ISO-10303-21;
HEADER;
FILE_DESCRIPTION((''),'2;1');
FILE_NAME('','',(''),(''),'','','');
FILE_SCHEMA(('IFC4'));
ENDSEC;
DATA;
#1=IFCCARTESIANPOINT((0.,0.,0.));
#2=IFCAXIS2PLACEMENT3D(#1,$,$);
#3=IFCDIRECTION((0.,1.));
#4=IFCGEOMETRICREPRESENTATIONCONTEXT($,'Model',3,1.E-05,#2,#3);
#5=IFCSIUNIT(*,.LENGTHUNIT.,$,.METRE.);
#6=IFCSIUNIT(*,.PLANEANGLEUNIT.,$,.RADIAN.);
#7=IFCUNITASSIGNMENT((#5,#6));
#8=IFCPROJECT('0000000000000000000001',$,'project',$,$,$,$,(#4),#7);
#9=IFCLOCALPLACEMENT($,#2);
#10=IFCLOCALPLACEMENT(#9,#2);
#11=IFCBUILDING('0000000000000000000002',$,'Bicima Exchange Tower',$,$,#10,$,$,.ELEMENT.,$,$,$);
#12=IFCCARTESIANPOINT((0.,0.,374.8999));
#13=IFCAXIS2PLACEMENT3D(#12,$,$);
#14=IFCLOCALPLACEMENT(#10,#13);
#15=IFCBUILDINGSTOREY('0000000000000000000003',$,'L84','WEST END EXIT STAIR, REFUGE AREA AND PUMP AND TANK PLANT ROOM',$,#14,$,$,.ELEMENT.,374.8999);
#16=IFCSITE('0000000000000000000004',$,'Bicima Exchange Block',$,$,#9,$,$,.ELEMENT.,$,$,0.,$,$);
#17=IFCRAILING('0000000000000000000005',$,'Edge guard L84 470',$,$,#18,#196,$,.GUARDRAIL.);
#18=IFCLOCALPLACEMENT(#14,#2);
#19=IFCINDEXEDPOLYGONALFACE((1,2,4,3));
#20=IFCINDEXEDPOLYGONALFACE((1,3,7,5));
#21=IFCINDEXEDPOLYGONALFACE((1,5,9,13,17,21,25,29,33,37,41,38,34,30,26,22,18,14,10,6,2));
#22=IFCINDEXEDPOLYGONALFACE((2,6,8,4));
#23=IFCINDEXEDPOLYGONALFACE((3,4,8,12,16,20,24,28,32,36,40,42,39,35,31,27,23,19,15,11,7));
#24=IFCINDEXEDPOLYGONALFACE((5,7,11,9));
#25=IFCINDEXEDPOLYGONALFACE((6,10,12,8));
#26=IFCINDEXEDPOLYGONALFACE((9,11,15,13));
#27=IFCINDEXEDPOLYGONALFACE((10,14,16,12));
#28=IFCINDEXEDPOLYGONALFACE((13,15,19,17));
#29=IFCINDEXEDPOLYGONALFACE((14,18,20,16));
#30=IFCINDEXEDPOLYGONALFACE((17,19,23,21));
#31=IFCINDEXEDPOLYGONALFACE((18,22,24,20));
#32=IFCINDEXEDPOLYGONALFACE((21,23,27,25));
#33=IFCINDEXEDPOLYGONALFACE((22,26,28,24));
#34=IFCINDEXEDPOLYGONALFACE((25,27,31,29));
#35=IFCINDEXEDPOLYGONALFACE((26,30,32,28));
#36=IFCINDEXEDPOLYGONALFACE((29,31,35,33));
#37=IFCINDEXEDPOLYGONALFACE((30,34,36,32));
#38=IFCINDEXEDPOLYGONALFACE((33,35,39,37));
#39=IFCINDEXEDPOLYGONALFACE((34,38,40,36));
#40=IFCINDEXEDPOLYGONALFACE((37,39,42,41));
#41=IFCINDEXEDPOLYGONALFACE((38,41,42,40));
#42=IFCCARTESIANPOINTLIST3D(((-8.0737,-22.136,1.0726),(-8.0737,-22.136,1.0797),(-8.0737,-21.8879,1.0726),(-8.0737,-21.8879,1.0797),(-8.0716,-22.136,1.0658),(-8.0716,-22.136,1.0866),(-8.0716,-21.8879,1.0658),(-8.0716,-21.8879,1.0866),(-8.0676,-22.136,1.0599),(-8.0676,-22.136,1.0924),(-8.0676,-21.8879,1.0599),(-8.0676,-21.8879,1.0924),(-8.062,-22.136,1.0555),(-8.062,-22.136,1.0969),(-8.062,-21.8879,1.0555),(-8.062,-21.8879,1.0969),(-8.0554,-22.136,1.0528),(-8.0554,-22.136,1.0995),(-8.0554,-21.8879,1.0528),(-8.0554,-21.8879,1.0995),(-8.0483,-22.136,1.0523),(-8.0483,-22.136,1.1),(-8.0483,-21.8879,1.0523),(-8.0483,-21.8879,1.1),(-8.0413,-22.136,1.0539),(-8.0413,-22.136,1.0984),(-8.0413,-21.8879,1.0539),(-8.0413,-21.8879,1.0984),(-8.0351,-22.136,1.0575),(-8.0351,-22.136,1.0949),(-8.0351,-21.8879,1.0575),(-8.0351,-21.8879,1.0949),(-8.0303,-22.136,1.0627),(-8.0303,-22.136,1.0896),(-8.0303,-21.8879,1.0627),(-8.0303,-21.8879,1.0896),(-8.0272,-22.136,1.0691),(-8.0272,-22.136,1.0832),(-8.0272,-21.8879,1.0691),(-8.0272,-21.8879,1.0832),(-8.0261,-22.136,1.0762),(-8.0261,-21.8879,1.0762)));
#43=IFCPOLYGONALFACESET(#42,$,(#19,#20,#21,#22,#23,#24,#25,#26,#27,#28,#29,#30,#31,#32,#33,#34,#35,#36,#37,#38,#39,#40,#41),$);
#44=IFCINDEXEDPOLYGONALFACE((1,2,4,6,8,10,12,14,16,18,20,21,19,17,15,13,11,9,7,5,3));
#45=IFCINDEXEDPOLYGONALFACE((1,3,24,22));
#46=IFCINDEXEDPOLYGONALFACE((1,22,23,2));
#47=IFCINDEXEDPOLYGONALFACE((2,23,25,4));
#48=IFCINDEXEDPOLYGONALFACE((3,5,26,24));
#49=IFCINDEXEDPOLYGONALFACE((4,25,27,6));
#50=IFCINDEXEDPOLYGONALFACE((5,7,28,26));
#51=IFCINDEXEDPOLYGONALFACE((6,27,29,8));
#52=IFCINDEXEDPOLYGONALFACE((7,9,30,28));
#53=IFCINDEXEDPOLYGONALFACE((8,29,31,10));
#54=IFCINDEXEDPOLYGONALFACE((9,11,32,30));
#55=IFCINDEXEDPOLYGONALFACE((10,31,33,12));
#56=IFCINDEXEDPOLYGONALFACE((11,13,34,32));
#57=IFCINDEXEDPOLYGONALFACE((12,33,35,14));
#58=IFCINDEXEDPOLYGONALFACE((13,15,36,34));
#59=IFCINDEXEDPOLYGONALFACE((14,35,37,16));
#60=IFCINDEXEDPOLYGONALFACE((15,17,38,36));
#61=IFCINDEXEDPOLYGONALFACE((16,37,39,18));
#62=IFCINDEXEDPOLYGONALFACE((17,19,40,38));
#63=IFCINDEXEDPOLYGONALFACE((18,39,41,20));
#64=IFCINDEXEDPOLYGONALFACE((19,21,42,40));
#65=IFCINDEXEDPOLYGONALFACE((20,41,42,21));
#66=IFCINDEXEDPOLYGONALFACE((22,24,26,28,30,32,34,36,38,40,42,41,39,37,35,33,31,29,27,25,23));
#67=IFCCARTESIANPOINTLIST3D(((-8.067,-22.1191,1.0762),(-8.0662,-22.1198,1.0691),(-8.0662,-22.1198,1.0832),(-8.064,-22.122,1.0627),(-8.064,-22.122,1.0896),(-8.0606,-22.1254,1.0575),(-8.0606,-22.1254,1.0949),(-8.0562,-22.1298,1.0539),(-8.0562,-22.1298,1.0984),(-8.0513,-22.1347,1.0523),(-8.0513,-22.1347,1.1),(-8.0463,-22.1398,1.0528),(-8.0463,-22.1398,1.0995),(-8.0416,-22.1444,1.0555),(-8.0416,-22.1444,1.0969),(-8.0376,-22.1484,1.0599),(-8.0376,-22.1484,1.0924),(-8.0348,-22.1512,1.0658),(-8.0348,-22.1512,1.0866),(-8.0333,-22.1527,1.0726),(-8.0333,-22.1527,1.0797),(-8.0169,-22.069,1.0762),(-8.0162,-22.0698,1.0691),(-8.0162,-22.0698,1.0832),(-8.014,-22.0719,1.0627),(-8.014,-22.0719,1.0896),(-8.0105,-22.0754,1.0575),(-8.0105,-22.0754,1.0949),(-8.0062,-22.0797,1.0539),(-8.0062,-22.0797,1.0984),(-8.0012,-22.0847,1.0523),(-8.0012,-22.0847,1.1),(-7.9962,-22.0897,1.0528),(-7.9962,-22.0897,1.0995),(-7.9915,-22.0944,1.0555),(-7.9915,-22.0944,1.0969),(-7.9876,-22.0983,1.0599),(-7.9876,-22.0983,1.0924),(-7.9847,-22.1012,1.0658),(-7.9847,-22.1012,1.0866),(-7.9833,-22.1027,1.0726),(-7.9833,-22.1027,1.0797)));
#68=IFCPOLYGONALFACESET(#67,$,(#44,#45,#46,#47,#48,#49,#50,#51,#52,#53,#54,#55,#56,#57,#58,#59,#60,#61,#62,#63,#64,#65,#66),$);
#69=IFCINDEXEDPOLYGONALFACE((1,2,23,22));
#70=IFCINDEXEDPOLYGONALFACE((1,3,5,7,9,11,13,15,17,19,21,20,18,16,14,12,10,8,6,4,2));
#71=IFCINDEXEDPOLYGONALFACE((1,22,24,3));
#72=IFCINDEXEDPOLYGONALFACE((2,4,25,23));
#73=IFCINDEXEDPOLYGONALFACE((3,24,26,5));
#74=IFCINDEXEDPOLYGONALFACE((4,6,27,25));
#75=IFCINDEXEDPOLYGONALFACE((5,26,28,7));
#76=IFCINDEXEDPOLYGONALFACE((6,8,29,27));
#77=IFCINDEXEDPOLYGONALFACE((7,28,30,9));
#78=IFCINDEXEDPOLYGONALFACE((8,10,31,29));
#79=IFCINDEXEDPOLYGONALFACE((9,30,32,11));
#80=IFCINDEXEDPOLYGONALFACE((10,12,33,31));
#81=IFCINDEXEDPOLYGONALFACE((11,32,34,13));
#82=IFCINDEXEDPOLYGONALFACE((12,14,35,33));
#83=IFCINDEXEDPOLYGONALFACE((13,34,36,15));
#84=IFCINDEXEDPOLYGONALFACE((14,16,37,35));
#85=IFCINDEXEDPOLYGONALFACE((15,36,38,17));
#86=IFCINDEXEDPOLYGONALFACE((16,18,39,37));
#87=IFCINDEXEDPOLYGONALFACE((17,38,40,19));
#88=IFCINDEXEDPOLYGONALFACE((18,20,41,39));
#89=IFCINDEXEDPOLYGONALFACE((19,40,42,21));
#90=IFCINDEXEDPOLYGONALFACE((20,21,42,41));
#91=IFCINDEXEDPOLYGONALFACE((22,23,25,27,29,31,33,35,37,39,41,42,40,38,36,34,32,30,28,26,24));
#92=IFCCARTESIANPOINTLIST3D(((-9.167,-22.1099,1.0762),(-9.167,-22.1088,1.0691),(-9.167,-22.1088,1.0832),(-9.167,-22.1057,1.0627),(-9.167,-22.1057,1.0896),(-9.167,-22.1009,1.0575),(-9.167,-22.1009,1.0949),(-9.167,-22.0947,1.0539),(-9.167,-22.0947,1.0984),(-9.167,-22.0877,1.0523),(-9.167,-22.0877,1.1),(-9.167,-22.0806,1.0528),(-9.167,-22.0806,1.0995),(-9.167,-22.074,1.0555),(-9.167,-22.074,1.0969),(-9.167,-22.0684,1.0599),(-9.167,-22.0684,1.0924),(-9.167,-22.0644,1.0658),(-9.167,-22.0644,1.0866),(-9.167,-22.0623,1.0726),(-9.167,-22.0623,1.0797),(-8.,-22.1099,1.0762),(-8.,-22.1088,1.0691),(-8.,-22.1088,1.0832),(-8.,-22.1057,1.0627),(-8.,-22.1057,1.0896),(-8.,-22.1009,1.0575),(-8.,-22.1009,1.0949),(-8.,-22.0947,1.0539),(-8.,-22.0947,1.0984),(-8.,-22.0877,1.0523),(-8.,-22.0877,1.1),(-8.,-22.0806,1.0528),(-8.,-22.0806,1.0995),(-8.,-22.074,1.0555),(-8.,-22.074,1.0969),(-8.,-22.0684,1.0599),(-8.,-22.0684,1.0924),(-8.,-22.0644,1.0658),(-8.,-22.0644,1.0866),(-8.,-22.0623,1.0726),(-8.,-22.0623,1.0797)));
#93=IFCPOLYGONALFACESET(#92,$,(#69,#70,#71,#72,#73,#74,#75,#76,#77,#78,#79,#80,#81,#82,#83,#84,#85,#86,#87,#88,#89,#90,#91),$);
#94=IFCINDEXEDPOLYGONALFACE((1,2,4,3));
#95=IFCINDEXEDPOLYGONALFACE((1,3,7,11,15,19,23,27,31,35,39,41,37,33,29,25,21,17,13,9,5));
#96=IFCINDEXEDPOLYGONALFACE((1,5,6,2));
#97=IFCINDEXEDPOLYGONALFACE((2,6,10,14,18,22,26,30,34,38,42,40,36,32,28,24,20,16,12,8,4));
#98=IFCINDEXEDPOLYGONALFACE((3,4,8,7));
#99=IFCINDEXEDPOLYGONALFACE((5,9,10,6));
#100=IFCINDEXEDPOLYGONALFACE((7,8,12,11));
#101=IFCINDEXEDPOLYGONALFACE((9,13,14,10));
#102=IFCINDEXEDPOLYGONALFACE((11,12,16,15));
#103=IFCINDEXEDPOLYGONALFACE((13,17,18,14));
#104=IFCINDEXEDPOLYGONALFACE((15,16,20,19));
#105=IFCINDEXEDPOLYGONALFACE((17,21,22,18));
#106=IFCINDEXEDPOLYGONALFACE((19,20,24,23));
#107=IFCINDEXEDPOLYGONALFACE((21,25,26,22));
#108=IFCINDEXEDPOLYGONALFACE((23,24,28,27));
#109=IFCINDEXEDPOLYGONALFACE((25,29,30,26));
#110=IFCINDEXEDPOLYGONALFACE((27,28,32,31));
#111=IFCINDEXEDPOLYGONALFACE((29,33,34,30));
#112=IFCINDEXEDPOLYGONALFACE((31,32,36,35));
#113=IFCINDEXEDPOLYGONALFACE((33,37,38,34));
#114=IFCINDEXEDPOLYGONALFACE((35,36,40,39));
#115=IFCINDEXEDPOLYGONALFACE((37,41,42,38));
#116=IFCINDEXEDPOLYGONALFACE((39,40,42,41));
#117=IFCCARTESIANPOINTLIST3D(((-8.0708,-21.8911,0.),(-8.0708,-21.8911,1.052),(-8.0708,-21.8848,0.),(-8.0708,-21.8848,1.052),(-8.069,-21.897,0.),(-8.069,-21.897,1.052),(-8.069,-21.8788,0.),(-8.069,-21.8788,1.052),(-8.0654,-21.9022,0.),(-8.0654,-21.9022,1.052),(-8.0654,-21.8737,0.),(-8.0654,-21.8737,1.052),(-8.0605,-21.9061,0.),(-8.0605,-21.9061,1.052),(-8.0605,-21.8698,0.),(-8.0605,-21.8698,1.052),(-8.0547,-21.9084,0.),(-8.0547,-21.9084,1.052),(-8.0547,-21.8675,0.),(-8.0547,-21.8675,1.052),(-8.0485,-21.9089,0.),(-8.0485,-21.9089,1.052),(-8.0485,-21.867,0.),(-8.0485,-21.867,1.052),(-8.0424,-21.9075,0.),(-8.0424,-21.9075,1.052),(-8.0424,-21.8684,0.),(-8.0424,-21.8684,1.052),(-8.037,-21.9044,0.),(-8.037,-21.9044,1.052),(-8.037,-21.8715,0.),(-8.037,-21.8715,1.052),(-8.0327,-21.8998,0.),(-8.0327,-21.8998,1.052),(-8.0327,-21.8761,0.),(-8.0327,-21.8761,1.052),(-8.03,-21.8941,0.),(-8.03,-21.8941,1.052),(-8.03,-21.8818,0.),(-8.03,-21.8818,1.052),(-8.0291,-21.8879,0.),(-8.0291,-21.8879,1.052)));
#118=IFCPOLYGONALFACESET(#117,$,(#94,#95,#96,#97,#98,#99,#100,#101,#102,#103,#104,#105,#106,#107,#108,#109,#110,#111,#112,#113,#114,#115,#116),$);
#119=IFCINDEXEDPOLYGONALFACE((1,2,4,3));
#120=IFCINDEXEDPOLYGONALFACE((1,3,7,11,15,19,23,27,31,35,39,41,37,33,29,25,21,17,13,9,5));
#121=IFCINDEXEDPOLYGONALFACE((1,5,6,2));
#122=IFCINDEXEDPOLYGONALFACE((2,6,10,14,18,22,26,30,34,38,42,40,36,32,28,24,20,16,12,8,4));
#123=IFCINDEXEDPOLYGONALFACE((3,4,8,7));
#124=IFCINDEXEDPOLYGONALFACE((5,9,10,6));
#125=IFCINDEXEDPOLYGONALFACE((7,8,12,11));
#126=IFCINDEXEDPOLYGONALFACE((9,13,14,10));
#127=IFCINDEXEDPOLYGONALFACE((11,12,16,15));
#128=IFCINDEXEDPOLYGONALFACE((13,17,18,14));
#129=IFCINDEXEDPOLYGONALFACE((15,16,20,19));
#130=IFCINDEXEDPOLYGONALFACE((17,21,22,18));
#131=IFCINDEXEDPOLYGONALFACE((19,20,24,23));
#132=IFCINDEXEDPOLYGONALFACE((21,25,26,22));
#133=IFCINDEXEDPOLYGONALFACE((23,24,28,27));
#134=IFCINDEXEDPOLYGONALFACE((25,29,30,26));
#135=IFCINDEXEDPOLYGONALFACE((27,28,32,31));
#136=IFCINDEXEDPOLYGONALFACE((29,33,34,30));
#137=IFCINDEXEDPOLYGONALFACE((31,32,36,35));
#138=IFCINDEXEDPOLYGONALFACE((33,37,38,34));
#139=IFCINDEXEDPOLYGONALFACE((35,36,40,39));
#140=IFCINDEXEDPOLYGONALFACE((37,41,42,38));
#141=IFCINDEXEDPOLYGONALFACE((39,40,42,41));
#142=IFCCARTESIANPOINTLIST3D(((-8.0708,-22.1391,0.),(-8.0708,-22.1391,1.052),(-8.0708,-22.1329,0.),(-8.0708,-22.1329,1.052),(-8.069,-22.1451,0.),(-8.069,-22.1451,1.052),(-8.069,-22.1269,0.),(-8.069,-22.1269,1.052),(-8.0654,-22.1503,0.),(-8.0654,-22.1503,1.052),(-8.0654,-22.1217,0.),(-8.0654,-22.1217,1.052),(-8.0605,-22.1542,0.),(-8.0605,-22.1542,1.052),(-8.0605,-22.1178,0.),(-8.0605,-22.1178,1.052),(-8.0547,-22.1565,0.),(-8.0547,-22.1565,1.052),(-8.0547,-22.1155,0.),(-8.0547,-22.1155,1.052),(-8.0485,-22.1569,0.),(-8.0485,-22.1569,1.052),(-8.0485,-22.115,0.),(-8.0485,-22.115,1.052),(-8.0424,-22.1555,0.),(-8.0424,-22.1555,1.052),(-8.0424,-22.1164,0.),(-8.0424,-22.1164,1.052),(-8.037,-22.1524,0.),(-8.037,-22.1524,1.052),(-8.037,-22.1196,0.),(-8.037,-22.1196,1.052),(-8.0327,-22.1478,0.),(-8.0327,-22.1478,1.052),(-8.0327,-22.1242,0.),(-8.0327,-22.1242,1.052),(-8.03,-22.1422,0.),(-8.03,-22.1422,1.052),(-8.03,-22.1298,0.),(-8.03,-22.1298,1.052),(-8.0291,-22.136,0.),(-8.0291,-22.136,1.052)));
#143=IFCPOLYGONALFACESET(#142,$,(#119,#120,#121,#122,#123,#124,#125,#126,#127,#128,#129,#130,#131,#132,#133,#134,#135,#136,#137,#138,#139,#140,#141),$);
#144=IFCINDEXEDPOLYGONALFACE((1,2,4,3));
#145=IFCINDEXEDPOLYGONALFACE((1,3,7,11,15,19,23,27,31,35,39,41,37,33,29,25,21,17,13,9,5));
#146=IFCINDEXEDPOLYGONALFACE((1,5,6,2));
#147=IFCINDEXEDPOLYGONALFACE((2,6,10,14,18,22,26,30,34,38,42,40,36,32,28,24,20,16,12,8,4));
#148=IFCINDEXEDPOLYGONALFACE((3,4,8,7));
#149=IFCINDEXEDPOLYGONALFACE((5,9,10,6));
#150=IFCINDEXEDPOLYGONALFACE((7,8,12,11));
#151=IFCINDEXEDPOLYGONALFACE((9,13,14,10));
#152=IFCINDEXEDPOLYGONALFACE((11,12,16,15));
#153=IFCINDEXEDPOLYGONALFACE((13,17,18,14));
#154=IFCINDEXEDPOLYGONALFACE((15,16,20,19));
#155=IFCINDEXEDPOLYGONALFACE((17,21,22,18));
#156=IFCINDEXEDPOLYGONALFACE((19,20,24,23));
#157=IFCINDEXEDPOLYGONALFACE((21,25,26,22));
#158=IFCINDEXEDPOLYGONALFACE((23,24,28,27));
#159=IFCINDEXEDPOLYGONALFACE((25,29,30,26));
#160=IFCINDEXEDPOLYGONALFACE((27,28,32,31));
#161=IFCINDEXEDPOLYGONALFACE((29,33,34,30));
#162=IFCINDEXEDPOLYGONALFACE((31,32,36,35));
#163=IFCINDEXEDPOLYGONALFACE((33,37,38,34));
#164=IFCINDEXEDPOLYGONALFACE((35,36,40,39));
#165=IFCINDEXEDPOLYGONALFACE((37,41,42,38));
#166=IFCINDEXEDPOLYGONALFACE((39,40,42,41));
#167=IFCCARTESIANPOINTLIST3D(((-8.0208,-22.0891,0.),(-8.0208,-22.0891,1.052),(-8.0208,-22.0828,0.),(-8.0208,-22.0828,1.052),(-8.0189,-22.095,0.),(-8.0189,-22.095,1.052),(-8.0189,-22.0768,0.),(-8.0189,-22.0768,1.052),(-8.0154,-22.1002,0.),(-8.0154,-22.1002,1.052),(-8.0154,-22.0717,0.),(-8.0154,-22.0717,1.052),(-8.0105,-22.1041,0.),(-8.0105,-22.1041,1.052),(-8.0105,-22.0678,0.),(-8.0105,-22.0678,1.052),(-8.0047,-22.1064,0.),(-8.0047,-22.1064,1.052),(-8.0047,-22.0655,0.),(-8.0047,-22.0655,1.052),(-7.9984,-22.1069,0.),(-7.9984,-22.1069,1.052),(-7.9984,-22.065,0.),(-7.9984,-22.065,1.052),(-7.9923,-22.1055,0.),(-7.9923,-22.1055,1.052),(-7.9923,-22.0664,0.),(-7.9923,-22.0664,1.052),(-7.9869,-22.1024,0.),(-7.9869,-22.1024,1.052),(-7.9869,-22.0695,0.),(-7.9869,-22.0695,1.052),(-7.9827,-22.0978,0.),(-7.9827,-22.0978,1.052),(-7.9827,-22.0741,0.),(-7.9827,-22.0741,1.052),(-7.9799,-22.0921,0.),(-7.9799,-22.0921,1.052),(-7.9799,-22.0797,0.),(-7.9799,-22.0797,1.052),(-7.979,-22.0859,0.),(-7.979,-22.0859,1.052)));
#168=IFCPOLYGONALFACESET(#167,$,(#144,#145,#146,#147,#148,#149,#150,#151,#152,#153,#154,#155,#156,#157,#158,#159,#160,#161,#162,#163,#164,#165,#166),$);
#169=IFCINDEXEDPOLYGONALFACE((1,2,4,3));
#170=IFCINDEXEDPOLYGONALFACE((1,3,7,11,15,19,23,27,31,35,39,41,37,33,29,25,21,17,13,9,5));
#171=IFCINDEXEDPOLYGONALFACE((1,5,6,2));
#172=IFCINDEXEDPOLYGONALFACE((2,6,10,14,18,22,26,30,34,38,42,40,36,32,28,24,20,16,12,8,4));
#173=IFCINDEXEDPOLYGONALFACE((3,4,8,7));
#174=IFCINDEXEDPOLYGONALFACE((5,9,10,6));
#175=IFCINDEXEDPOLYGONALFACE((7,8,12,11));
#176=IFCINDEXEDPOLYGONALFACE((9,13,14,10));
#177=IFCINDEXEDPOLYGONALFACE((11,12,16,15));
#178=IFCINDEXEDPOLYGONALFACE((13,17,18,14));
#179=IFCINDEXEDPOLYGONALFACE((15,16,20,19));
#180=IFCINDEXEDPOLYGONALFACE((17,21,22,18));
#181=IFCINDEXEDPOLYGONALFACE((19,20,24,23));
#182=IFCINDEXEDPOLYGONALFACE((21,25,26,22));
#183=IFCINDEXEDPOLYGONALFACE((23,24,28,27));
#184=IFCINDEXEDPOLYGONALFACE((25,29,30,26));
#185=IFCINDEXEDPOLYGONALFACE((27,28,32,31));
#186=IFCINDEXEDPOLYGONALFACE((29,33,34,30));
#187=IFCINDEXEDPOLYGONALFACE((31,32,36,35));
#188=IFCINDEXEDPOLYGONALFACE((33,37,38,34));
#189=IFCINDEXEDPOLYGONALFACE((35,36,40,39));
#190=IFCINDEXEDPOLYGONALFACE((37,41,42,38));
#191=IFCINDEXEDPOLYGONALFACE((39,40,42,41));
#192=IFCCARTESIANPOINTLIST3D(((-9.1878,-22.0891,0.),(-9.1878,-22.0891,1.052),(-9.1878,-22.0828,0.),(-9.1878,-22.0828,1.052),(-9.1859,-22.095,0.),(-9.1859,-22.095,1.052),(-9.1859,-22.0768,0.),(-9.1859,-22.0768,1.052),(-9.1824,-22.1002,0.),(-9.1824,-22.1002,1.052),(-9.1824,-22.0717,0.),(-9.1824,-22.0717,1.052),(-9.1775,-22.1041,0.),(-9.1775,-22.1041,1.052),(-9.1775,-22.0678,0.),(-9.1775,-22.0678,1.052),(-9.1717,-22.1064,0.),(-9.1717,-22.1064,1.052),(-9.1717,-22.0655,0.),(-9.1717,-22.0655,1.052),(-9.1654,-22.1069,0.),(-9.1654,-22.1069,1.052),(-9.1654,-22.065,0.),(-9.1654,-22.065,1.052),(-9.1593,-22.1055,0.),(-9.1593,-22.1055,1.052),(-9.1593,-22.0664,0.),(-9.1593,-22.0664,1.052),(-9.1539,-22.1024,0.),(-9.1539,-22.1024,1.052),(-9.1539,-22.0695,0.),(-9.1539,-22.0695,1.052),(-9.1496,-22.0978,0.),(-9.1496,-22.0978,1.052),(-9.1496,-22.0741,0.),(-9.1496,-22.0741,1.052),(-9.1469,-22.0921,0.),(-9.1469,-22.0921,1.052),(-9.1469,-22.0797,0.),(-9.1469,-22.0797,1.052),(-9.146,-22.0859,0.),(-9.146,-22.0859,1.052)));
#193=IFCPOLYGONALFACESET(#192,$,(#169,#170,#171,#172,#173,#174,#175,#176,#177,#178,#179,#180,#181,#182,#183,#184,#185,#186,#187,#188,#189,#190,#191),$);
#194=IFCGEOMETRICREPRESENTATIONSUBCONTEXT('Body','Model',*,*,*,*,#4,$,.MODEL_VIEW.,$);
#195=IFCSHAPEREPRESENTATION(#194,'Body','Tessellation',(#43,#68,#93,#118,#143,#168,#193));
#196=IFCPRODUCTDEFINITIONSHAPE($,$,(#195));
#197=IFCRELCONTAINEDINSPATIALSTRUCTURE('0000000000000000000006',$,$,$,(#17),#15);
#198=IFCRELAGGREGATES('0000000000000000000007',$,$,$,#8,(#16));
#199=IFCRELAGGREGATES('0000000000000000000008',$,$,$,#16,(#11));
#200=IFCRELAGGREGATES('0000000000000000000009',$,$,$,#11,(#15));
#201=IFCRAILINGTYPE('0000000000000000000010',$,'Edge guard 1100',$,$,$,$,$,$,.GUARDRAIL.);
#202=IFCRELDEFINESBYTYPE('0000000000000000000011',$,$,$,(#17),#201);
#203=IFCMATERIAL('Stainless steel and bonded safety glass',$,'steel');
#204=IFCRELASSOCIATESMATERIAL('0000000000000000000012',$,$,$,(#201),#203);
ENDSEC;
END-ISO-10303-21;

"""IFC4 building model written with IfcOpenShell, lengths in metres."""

from ifc_helpers import new_model, si_unit, direction, frame, origin, origin_2d, place, context, subcontext, project, spatial, circle, extrude, material, type_object, element, save


model = new_model("IFC4")

# Units and contexts
model_context = context("Model", 3, precision=1e-05, world=origin(), true_north=direction((0.0, 1.0)))
body_context = subcontext(model_context, "Body", "Model", "MODEL_VIEW")
ifc_project = project(units=[si_unit("LENGTHUNIT", "METRE"), si_unit("PLANEANGLEUNIT", "RADIAN")], contexts=[model_context])

# Site, building, storey
site_placement = place(None, origin())
site = spatial("IfcSite", under=ifc_project, at=site_placement, Name="Bicima Exchange Block", CompositionType="ELEMENT", RefElevation=0.0)
building_placement = place(site_placement, origin())
building = spatial("IfcBuilding", under=site, at=building_placement, Name="Bicima Exchange Tower", CompositionType="ELEMENT")
storey_placement = place(building_placement, frame((0.0, 0.0, 374.8999)))
storey = spatial("IfcBuildingStorey", under=building, at=storey_placement, Name="L84", Description="WEST END EXIT STAIR, REFUGE AREA AND PUMP AND TANK PLANT ROOM", CompositionType="ELEMENT", Elevation=374.8999)

# Railing
ifc_material_1 = material(Name="Stainless steel and bonded safety glass", Category="steel")
railing_type = type_object("IfcRailingType", Name="Edge guard 1100", PredefinedType="GUARDRAIL", material=ifc_material_1)
railing_placement = place(storey_placement, frame((-8.05, -21.8879, 0.0)))
element("IfcRailing", 1, at=railing_placement, inside=storey, type_object=railing_type, Name="Edge guard L84 470", PredefinedType="GUARDRAIL", context=body_context, shape_type="SweptSolid", body=[
    extrude(circle(Radius=0.0239, at=origin_2d()), frame((0.0, 0.0, 1.0762), z_axis=(0.0, -1.0, 0.0), x_axis=(1.0, 0.0, 0.0)), (0.0, 0.0, 1.0), 0.248),
    extrude(circle(Radius=0.0239, at=origin_2d()), frame((0.0, -0.248, 1.0762), z_axis=(0.707107, 0.707107, 0.0), x_axis=(-0.707107, 0.707107, 0.0)), (0.0, 0.0, 1.0), 0.0708),
    extrude(circle(Radius=0.0239, at=origin_2d()), frame((0.05, -0.198, 1.0762), z_axis=(-1.0, 0.0, 0.0), x_axis=(0.0, -1.0, 0.0)), (0.0, 0.0, 1.0), 1.167),
    extrude(circle(Radius=0.021, at=origin_2d()), origin(), (0.0, 0.0, 1.0), 1.052),
    extrude(circle(Radius=0.021, at=origin_2d()), frame((0.0, -0.248, 0.0)), (0.0, 0.0, 1.0), 1.052),
    extrude(circle(Radius=0.021, at=origin_2d()), frame((0.05, -0.198, 0.0)), (0.0, 0.0, 1.0), 1.052),
    extrude(circle(Radius=0.021, at=origin_2d()), frame((-1.1169, -0.198, 0.0)), (0.0, 0.0, 1.0), 1.052),
])

save(model, "model.ifc")
